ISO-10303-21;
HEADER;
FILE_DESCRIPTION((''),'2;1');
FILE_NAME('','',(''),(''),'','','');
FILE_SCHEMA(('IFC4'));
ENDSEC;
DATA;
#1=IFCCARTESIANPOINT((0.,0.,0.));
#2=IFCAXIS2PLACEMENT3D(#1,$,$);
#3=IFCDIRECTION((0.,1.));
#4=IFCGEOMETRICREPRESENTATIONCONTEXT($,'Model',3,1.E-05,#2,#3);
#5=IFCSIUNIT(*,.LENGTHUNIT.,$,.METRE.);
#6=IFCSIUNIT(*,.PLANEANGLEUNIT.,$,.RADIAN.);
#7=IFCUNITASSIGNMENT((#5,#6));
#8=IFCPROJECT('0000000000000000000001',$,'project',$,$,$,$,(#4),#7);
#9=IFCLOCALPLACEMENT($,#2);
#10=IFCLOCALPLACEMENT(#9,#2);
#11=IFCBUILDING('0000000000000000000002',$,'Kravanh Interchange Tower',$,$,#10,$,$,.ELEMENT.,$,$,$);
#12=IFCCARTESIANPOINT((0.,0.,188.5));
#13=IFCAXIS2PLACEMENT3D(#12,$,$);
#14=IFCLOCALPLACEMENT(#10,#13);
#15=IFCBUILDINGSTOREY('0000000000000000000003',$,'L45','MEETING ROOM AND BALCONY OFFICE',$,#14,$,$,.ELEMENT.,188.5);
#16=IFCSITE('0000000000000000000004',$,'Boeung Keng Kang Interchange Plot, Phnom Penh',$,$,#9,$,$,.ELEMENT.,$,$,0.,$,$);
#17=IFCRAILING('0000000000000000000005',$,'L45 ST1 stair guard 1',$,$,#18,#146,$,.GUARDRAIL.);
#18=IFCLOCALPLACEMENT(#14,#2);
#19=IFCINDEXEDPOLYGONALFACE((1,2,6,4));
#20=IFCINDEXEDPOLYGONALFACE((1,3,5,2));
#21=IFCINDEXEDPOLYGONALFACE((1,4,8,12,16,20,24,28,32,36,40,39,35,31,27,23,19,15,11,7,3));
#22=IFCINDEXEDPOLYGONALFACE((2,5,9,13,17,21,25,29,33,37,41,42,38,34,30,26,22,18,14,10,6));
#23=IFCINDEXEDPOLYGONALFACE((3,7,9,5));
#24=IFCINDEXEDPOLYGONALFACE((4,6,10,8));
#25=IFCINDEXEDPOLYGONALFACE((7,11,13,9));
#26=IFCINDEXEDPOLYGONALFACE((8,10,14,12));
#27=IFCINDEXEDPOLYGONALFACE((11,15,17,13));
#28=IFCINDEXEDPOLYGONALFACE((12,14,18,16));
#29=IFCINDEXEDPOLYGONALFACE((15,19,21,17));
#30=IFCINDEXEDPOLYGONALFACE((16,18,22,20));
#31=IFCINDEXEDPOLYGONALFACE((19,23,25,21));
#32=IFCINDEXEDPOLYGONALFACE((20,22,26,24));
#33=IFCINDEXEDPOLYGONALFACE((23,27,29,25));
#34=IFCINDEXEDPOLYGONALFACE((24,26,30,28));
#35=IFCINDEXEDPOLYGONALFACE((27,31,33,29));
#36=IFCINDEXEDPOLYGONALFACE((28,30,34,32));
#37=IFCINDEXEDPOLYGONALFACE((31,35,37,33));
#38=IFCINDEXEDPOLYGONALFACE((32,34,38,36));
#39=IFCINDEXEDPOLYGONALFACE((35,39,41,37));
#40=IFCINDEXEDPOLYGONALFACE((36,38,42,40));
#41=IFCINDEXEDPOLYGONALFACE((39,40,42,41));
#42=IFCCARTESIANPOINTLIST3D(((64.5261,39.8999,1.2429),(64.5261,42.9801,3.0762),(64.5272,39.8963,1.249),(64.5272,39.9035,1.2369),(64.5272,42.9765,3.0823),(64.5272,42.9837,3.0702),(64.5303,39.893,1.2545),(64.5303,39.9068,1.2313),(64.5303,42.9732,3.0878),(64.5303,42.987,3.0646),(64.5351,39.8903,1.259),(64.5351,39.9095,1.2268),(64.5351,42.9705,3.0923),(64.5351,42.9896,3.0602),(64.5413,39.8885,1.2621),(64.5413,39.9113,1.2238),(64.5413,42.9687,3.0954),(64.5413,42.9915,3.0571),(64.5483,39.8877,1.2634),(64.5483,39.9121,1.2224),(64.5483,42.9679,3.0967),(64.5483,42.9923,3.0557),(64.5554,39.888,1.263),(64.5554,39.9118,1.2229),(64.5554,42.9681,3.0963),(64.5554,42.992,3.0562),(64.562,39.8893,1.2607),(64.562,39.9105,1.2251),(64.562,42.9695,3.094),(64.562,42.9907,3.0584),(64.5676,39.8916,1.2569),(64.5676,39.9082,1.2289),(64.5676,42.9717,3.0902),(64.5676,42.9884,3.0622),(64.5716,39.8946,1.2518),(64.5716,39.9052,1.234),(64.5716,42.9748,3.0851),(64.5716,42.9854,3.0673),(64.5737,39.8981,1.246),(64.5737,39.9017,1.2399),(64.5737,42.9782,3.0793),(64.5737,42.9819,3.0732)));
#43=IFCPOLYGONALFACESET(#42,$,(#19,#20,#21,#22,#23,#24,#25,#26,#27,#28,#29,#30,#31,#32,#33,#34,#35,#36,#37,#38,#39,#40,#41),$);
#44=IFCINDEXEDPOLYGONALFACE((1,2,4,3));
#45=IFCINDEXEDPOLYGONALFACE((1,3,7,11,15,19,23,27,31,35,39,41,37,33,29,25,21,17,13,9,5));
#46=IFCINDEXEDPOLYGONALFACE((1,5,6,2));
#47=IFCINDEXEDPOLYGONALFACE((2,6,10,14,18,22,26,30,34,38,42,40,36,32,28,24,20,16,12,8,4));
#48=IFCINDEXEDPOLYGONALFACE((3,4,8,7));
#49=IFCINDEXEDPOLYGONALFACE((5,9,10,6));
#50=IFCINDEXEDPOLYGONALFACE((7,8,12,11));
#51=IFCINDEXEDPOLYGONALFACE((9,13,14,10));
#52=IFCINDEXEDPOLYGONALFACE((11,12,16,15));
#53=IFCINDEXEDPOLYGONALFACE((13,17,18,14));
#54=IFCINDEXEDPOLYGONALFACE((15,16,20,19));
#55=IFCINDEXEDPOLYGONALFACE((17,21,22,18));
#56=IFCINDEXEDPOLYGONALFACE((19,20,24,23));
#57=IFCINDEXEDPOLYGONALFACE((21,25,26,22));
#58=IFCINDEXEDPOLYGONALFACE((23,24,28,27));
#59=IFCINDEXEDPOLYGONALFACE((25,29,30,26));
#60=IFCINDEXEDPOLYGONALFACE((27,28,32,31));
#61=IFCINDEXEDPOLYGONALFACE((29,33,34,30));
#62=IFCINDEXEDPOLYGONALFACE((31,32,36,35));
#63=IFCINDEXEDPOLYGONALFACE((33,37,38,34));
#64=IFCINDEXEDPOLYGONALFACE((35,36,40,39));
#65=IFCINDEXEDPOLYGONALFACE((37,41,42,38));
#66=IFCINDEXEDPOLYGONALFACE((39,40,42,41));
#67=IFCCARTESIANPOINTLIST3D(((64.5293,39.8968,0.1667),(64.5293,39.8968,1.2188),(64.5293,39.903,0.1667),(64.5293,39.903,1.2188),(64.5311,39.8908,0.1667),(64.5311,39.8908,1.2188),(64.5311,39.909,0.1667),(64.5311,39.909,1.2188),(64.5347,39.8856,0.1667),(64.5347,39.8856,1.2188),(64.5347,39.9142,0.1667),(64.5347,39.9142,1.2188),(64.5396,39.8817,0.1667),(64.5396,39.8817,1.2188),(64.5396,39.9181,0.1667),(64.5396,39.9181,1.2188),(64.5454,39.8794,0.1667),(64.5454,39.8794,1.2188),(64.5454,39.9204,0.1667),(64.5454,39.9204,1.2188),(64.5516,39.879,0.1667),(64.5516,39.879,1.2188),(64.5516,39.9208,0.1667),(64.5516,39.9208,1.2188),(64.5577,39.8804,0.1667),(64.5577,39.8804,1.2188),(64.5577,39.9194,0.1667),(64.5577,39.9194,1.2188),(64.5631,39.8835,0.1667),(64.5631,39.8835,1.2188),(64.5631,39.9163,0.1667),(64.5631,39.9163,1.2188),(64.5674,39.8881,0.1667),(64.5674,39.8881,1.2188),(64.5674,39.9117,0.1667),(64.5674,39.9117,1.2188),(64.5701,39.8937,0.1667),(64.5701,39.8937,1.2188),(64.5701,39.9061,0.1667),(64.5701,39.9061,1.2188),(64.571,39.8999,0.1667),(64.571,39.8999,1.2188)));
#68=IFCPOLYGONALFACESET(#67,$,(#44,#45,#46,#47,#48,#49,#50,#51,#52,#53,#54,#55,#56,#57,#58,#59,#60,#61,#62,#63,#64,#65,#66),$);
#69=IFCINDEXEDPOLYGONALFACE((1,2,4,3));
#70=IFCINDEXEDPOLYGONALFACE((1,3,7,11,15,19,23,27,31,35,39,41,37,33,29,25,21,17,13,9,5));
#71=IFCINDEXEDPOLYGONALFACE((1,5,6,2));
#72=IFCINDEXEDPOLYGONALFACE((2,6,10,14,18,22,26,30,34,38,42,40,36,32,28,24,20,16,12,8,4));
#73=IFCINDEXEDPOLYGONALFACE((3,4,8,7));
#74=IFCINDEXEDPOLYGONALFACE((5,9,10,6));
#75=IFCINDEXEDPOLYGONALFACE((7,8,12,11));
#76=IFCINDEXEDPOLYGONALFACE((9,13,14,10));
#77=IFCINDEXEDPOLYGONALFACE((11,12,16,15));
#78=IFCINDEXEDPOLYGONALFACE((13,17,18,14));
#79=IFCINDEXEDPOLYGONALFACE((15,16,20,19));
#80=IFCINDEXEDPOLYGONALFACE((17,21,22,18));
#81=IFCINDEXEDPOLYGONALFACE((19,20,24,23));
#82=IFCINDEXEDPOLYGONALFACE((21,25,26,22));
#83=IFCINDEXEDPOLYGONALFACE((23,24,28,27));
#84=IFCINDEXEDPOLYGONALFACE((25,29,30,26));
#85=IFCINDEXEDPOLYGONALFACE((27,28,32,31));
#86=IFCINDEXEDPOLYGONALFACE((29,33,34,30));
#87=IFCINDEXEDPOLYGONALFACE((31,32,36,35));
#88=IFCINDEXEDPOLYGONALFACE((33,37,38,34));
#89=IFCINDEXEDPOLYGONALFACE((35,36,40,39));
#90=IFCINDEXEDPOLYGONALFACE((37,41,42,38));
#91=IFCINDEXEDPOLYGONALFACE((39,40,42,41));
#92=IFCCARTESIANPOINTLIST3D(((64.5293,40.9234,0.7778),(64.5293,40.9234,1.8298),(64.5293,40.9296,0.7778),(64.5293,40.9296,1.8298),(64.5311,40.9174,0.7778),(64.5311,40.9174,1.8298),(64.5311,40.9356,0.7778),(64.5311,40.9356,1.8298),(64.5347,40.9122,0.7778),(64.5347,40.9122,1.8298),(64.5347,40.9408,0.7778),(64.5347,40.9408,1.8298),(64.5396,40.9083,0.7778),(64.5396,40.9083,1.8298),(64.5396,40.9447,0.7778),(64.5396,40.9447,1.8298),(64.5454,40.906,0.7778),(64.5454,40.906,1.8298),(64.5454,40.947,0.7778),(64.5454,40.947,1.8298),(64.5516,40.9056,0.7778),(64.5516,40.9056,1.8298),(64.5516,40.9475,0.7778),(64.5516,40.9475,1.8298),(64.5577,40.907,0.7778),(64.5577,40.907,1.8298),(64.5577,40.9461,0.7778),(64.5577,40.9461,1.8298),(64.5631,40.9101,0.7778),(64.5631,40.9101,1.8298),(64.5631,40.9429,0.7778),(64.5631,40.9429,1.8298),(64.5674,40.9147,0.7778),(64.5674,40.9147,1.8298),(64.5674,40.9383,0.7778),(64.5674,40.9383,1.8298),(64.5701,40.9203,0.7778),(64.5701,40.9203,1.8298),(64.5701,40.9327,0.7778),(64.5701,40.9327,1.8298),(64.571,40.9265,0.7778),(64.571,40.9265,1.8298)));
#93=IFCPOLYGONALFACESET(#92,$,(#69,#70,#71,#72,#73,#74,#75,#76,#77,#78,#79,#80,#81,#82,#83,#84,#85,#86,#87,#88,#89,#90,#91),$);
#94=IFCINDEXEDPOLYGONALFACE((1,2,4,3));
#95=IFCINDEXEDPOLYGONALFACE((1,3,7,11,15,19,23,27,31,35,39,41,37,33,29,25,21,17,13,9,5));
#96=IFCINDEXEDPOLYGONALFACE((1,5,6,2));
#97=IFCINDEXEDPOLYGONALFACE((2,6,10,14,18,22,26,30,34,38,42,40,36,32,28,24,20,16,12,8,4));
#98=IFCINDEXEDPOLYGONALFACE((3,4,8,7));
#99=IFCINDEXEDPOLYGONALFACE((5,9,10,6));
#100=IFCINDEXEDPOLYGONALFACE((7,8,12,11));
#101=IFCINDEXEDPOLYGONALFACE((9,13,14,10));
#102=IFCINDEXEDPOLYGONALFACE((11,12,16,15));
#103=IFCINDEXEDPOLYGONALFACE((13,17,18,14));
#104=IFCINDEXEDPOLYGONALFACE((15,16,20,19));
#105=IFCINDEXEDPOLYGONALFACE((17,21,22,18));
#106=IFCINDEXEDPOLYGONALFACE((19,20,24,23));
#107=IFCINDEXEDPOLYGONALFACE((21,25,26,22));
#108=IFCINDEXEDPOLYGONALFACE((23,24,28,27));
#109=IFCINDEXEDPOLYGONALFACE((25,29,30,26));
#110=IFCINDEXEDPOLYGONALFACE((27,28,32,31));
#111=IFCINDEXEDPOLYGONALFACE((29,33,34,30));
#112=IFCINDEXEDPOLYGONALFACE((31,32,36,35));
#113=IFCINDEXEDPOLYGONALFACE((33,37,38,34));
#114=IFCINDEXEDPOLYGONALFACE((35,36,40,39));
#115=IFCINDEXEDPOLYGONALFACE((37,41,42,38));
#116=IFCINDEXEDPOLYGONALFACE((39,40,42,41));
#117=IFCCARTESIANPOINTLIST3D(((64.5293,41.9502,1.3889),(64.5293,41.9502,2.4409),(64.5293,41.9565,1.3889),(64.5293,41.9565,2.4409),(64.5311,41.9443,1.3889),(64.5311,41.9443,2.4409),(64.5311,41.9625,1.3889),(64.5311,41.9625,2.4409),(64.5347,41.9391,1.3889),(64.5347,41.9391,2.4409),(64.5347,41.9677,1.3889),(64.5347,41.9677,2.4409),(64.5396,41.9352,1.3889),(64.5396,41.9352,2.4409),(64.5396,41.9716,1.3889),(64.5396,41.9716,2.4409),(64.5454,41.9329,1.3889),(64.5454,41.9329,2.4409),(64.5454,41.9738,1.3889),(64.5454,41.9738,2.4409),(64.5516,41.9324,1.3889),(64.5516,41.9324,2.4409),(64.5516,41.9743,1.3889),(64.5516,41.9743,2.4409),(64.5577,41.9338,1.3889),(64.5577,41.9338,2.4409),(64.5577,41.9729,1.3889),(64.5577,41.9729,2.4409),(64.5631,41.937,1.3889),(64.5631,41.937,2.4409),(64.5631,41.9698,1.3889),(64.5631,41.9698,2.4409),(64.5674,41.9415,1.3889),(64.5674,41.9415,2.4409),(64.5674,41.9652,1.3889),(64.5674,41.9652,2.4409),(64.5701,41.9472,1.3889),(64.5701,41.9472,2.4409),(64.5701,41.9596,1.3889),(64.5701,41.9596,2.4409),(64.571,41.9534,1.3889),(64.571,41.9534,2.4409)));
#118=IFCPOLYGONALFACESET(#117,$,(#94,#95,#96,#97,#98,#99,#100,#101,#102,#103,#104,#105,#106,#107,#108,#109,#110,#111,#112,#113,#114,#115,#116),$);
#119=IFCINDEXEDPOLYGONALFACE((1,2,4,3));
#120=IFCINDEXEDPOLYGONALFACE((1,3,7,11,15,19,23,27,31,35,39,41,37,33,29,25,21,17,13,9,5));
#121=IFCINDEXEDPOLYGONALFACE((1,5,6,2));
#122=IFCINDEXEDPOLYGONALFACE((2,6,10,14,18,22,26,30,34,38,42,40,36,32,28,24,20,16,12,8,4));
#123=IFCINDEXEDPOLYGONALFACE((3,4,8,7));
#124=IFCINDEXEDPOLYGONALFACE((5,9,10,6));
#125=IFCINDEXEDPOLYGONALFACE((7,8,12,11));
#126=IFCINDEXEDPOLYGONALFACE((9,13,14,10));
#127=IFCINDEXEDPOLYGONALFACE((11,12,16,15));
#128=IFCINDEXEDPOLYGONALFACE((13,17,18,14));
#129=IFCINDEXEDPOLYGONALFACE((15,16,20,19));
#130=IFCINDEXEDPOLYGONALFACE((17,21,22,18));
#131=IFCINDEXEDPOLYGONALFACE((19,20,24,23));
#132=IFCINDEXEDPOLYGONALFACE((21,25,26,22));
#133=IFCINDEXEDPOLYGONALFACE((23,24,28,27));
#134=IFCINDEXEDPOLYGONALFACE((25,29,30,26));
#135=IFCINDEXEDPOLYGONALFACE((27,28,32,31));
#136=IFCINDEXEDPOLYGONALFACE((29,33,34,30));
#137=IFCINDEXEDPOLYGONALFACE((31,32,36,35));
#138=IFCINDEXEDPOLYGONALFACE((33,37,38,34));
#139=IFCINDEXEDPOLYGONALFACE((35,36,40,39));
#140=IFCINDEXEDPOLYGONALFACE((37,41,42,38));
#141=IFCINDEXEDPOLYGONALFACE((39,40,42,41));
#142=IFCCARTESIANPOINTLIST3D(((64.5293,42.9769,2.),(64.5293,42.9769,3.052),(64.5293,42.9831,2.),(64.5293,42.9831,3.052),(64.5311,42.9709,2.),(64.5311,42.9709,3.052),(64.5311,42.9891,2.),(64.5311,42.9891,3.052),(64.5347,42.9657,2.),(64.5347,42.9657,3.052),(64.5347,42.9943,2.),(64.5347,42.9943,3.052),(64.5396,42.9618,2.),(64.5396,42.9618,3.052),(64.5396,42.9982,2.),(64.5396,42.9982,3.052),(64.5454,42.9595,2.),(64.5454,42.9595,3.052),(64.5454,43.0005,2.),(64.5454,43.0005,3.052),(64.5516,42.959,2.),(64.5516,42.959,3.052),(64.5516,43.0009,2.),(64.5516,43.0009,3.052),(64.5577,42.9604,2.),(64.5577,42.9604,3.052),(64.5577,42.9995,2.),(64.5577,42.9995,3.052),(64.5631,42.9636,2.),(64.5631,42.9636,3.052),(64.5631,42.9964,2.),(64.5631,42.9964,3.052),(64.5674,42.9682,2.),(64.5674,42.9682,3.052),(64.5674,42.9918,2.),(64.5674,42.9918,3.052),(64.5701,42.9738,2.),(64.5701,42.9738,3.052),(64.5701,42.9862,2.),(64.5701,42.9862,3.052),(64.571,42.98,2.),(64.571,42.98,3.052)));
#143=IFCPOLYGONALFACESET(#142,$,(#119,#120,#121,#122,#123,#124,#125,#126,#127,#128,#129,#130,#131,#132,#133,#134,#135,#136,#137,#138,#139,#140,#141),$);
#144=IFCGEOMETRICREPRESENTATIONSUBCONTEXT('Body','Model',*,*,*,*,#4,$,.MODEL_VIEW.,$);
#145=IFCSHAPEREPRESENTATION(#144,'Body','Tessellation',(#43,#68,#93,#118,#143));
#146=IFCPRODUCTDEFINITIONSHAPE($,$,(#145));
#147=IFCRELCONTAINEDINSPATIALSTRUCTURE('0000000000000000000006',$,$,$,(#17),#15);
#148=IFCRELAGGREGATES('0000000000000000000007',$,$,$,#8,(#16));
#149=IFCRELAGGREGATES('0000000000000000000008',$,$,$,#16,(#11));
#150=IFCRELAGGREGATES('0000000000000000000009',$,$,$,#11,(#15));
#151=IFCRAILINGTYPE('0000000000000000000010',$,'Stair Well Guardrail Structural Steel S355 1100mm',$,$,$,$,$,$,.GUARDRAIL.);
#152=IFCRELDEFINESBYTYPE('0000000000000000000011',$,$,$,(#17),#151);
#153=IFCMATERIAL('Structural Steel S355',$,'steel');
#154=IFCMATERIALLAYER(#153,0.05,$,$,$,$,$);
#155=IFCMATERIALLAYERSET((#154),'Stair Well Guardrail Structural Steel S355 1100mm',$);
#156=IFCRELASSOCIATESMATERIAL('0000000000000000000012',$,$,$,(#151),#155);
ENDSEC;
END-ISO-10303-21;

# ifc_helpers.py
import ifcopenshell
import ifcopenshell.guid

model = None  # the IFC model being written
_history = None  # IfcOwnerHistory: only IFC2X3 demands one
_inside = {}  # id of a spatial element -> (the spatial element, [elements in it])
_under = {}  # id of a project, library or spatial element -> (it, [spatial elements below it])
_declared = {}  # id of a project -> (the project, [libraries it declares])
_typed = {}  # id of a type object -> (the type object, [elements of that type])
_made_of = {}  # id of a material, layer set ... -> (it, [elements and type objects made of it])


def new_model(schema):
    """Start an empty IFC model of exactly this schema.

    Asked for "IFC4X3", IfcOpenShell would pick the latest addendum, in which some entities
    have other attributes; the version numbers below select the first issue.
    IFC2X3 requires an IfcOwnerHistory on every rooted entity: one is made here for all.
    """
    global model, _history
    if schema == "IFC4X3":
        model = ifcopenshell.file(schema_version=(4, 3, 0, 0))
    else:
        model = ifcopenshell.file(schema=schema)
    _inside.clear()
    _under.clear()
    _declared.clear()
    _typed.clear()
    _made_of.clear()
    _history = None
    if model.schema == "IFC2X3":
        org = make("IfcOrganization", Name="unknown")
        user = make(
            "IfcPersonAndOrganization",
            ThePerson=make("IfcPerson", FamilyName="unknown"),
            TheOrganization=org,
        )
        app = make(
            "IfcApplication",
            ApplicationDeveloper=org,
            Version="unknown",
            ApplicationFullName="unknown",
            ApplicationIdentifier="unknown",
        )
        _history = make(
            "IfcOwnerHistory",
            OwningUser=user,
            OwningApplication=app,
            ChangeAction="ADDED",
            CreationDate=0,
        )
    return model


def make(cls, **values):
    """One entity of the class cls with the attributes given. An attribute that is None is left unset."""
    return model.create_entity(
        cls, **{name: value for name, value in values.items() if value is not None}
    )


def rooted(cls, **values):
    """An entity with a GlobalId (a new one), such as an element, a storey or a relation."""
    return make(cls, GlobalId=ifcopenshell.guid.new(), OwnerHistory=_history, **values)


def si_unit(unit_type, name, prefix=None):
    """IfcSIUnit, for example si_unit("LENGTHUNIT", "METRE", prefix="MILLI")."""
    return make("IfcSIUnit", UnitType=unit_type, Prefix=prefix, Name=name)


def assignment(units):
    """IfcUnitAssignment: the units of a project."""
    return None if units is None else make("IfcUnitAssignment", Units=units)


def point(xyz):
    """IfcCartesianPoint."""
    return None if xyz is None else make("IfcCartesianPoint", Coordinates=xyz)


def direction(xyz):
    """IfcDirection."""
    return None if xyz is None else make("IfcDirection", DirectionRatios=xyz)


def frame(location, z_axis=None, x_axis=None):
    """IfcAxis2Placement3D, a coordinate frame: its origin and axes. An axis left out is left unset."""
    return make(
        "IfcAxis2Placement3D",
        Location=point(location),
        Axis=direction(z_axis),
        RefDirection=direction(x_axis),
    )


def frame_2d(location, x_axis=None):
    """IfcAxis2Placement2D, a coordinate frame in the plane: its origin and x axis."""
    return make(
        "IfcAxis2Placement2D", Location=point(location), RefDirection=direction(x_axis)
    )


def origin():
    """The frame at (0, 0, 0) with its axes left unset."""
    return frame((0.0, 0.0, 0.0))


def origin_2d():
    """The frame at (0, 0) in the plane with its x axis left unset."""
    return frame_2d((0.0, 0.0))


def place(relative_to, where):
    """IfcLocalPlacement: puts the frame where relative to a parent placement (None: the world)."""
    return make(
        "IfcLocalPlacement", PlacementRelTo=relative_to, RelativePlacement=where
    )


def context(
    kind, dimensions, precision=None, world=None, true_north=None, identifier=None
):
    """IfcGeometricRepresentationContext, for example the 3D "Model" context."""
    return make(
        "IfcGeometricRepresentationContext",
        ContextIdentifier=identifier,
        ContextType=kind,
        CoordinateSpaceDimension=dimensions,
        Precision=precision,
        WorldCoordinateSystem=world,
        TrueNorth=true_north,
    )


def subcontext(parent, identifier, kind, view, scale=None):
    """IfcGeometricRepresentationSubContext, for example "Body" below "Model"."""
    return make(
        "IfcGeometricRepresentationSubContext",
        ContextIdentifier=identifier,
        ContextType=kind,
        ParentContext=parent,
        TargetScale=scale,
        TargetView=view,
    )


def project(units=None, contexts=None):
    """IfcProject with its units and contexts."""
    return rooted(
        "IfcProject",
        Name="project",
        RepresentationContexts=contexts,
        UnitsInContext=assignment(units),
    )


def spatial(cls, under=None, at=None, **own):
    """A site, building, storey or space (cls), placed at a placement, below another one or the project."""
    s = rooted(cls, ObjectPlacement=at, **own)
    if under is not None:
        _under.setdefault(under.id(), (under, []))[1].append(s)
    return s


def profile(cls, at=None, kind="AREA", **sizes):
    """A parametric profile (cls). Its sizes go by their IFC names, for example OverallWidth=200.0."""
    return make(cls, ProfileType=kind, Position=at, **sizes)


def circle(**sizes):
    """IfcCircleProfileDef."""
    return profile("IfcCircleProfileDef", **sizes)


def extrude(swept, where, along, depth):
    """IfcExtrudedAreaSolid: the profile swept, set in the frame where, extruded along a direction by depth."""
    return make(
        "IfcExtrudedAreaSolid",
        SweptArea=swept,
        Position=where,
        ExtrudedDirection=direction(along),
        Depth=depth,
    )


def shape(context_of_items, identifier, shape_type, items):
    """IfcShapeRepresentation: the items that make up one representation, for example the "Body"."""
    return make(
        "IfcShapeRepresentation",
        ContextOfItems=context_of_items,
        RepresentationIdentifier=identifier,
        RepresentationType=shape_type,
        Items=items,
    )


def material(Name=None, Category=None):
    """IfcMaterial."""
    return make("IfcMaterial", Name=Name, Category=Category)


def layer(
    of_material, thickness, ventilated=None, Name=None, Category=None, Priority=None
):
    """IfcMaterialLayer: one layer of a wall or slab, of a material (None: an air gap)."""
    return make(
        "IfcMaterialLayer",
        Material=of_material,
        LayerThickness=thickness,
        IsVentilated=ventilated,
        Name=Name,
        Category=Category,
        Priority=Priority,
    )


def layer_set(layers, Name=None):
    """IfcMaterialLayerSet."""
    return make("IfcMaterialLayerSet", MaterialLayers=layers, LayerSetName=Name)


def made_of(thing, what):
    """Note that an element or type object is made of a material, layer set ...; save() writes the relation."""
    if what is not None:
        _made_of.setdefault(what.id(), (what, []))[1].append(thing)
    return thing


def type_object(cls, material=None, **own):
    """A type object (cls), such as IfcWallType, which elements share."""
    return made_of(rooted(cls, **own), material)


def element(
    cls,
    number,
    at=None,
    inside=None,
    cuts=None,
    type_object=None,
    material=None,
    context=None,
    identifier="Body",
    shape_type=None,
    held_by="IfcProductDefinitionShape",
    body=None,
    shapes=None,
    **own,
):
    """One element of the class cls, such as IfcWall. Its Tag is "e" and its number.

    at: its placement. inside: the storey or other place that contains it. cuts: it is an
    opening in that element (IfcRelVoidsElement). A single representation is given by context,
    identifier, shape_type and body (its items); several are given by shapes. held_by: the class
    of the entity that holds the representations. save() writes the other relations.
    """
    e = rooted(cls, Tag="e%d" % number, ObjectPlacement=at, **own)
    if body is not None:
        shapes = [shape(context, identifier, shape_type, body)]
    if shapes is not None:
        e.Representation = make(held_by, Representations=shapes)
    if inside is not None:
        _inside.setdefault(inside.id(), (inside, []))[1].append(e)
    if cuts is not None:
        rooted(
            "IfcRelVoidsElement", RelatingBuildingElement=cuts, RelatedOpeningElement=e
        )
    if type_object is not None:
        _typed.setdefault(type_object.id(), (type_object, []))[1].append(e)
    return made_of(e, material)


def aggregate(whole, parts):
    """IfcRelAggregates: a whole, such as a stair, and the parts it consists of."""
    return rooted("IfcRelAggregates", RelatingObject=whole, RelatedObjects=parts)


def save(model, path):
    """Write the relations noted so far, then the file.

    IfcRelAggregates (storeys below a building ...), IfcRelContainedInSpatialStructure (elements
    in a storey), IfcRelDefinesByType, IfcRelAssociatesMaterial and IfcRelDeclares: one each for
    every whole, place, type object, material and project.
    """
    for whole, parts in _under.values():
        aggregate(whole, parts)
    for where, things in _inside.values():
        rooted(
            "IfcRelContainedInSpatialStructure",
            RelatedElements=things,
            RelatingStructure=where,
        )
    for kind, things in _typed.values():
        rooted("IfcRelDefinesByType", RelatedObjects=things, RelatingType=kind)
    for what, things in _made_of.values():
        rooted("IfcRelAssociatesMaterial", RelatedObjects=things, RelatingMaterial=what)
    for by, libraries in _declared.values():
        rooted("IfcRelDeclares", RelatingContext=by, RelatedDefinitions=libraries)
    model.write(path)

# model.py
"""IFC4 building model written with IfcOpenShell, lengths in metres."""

from ifc_helpers import new_model, si_unit, direction, frame, origin, origin_2d, place, context, subcontext, project, spatial, circle, extrude, material, layer, layer_set, type_object, element, save


model = new_model("IFC4")

# Units and contexts
model_context = context("Model", 3, precision=1e-05, world=origin(), true_north=direction((0.0, 1.0)))
body_context = subcontext(model_context, "Body", "Model", "MODEL_VIEW")
ifc_project = project(units=[si_unit("LENGTHUNIT", "METRE"), si_unit("PLANEANGLEUNIT", "RADIAN")], contexts=[model_context])

# Site, building, storey
site_placement = place(None, origin())
site = spatial("IfcSite", under=ifc_project, at=site_placement, Name="Boeung Keng Kang Interchange Plot, Phnom Penh", CompositionType="ELEMENT", RefElevation=0.0)
building_placement = place(site_placement, origin())
building = spatial("IfcBuilding", under=site, at=building_placement, Name="Kravanh Interchange Tower", CompositionType="ELEMENT")
storey_placement = place(building_placement, frame((0.0, 0.0, 188.5)))
storey = spatial("IfcBuildingStorey", under=building, at=storey_placement, Name="L45", Description="MEETING ROOM AND BALCONY OFFICE", CompositionType="ELEMENT", Elevation=188.5)

# Railing
ifc_material_1 = material(Name="Structural Steel S355", Category="steel")
ifc_layer_1 = layer(ifc_material_1, 0.05)
ifc_layer_set_1 = layer_set([ifc_layer_1], Name="Stair Well Guardrail Structural Steel S355 1100mm")
railing_type_1 = type_object("IfcRailingType", Name="Stair Well Guardrail Structural Steel S355 1100mm", PredefinedType="GUARDRAIL", material=ifc_layer_set_1)
railing_1_placement = place(storey_placement, frame((64.55, 39.8999, 0.1667)))
element("IfcRailing", 1, at=railing_1_placement, inside=storey, type_object=railing_type_1, Name="L45 ST1 stair guard 1", PredefinedType="GUARDRAIL", context=body_context, shape_type="SweptSolid", body=[
    extrude(circle(Radius=0.0239, at=origin_2d()), frame((0.0, 0.0, 1.0762), z_axis=(0.0, 0.859309, 0.511458), x_axis=(-1.0, 0.0, 0.0)), (0.0, 0.0, 1.0), 3.5845),
    extrude(circle(Radius=0.021, at=origin_2d()), origin(), (0.0, 0.0, 1.0), 1.052),
    extrude(circle(Radius=0.021, at=origin_2d()), frame((0.0, 1.0266, 0.6111)), (0.0, 0.0, 1.0), 1.052),
    extrude(circle(Radius=0.021, at=origin_2d()), frame((0.0, 2.0535, 1.2222)), (0.0, 0.0, 1.0), 1.052),
    extrude(circle(Radius=0.021, at=origin_2d()), frame((0.0, 3.0801, 1.8333)), (0.0, 0.0, 1.0), 1.052),
])

save(model, "model.ifc")
